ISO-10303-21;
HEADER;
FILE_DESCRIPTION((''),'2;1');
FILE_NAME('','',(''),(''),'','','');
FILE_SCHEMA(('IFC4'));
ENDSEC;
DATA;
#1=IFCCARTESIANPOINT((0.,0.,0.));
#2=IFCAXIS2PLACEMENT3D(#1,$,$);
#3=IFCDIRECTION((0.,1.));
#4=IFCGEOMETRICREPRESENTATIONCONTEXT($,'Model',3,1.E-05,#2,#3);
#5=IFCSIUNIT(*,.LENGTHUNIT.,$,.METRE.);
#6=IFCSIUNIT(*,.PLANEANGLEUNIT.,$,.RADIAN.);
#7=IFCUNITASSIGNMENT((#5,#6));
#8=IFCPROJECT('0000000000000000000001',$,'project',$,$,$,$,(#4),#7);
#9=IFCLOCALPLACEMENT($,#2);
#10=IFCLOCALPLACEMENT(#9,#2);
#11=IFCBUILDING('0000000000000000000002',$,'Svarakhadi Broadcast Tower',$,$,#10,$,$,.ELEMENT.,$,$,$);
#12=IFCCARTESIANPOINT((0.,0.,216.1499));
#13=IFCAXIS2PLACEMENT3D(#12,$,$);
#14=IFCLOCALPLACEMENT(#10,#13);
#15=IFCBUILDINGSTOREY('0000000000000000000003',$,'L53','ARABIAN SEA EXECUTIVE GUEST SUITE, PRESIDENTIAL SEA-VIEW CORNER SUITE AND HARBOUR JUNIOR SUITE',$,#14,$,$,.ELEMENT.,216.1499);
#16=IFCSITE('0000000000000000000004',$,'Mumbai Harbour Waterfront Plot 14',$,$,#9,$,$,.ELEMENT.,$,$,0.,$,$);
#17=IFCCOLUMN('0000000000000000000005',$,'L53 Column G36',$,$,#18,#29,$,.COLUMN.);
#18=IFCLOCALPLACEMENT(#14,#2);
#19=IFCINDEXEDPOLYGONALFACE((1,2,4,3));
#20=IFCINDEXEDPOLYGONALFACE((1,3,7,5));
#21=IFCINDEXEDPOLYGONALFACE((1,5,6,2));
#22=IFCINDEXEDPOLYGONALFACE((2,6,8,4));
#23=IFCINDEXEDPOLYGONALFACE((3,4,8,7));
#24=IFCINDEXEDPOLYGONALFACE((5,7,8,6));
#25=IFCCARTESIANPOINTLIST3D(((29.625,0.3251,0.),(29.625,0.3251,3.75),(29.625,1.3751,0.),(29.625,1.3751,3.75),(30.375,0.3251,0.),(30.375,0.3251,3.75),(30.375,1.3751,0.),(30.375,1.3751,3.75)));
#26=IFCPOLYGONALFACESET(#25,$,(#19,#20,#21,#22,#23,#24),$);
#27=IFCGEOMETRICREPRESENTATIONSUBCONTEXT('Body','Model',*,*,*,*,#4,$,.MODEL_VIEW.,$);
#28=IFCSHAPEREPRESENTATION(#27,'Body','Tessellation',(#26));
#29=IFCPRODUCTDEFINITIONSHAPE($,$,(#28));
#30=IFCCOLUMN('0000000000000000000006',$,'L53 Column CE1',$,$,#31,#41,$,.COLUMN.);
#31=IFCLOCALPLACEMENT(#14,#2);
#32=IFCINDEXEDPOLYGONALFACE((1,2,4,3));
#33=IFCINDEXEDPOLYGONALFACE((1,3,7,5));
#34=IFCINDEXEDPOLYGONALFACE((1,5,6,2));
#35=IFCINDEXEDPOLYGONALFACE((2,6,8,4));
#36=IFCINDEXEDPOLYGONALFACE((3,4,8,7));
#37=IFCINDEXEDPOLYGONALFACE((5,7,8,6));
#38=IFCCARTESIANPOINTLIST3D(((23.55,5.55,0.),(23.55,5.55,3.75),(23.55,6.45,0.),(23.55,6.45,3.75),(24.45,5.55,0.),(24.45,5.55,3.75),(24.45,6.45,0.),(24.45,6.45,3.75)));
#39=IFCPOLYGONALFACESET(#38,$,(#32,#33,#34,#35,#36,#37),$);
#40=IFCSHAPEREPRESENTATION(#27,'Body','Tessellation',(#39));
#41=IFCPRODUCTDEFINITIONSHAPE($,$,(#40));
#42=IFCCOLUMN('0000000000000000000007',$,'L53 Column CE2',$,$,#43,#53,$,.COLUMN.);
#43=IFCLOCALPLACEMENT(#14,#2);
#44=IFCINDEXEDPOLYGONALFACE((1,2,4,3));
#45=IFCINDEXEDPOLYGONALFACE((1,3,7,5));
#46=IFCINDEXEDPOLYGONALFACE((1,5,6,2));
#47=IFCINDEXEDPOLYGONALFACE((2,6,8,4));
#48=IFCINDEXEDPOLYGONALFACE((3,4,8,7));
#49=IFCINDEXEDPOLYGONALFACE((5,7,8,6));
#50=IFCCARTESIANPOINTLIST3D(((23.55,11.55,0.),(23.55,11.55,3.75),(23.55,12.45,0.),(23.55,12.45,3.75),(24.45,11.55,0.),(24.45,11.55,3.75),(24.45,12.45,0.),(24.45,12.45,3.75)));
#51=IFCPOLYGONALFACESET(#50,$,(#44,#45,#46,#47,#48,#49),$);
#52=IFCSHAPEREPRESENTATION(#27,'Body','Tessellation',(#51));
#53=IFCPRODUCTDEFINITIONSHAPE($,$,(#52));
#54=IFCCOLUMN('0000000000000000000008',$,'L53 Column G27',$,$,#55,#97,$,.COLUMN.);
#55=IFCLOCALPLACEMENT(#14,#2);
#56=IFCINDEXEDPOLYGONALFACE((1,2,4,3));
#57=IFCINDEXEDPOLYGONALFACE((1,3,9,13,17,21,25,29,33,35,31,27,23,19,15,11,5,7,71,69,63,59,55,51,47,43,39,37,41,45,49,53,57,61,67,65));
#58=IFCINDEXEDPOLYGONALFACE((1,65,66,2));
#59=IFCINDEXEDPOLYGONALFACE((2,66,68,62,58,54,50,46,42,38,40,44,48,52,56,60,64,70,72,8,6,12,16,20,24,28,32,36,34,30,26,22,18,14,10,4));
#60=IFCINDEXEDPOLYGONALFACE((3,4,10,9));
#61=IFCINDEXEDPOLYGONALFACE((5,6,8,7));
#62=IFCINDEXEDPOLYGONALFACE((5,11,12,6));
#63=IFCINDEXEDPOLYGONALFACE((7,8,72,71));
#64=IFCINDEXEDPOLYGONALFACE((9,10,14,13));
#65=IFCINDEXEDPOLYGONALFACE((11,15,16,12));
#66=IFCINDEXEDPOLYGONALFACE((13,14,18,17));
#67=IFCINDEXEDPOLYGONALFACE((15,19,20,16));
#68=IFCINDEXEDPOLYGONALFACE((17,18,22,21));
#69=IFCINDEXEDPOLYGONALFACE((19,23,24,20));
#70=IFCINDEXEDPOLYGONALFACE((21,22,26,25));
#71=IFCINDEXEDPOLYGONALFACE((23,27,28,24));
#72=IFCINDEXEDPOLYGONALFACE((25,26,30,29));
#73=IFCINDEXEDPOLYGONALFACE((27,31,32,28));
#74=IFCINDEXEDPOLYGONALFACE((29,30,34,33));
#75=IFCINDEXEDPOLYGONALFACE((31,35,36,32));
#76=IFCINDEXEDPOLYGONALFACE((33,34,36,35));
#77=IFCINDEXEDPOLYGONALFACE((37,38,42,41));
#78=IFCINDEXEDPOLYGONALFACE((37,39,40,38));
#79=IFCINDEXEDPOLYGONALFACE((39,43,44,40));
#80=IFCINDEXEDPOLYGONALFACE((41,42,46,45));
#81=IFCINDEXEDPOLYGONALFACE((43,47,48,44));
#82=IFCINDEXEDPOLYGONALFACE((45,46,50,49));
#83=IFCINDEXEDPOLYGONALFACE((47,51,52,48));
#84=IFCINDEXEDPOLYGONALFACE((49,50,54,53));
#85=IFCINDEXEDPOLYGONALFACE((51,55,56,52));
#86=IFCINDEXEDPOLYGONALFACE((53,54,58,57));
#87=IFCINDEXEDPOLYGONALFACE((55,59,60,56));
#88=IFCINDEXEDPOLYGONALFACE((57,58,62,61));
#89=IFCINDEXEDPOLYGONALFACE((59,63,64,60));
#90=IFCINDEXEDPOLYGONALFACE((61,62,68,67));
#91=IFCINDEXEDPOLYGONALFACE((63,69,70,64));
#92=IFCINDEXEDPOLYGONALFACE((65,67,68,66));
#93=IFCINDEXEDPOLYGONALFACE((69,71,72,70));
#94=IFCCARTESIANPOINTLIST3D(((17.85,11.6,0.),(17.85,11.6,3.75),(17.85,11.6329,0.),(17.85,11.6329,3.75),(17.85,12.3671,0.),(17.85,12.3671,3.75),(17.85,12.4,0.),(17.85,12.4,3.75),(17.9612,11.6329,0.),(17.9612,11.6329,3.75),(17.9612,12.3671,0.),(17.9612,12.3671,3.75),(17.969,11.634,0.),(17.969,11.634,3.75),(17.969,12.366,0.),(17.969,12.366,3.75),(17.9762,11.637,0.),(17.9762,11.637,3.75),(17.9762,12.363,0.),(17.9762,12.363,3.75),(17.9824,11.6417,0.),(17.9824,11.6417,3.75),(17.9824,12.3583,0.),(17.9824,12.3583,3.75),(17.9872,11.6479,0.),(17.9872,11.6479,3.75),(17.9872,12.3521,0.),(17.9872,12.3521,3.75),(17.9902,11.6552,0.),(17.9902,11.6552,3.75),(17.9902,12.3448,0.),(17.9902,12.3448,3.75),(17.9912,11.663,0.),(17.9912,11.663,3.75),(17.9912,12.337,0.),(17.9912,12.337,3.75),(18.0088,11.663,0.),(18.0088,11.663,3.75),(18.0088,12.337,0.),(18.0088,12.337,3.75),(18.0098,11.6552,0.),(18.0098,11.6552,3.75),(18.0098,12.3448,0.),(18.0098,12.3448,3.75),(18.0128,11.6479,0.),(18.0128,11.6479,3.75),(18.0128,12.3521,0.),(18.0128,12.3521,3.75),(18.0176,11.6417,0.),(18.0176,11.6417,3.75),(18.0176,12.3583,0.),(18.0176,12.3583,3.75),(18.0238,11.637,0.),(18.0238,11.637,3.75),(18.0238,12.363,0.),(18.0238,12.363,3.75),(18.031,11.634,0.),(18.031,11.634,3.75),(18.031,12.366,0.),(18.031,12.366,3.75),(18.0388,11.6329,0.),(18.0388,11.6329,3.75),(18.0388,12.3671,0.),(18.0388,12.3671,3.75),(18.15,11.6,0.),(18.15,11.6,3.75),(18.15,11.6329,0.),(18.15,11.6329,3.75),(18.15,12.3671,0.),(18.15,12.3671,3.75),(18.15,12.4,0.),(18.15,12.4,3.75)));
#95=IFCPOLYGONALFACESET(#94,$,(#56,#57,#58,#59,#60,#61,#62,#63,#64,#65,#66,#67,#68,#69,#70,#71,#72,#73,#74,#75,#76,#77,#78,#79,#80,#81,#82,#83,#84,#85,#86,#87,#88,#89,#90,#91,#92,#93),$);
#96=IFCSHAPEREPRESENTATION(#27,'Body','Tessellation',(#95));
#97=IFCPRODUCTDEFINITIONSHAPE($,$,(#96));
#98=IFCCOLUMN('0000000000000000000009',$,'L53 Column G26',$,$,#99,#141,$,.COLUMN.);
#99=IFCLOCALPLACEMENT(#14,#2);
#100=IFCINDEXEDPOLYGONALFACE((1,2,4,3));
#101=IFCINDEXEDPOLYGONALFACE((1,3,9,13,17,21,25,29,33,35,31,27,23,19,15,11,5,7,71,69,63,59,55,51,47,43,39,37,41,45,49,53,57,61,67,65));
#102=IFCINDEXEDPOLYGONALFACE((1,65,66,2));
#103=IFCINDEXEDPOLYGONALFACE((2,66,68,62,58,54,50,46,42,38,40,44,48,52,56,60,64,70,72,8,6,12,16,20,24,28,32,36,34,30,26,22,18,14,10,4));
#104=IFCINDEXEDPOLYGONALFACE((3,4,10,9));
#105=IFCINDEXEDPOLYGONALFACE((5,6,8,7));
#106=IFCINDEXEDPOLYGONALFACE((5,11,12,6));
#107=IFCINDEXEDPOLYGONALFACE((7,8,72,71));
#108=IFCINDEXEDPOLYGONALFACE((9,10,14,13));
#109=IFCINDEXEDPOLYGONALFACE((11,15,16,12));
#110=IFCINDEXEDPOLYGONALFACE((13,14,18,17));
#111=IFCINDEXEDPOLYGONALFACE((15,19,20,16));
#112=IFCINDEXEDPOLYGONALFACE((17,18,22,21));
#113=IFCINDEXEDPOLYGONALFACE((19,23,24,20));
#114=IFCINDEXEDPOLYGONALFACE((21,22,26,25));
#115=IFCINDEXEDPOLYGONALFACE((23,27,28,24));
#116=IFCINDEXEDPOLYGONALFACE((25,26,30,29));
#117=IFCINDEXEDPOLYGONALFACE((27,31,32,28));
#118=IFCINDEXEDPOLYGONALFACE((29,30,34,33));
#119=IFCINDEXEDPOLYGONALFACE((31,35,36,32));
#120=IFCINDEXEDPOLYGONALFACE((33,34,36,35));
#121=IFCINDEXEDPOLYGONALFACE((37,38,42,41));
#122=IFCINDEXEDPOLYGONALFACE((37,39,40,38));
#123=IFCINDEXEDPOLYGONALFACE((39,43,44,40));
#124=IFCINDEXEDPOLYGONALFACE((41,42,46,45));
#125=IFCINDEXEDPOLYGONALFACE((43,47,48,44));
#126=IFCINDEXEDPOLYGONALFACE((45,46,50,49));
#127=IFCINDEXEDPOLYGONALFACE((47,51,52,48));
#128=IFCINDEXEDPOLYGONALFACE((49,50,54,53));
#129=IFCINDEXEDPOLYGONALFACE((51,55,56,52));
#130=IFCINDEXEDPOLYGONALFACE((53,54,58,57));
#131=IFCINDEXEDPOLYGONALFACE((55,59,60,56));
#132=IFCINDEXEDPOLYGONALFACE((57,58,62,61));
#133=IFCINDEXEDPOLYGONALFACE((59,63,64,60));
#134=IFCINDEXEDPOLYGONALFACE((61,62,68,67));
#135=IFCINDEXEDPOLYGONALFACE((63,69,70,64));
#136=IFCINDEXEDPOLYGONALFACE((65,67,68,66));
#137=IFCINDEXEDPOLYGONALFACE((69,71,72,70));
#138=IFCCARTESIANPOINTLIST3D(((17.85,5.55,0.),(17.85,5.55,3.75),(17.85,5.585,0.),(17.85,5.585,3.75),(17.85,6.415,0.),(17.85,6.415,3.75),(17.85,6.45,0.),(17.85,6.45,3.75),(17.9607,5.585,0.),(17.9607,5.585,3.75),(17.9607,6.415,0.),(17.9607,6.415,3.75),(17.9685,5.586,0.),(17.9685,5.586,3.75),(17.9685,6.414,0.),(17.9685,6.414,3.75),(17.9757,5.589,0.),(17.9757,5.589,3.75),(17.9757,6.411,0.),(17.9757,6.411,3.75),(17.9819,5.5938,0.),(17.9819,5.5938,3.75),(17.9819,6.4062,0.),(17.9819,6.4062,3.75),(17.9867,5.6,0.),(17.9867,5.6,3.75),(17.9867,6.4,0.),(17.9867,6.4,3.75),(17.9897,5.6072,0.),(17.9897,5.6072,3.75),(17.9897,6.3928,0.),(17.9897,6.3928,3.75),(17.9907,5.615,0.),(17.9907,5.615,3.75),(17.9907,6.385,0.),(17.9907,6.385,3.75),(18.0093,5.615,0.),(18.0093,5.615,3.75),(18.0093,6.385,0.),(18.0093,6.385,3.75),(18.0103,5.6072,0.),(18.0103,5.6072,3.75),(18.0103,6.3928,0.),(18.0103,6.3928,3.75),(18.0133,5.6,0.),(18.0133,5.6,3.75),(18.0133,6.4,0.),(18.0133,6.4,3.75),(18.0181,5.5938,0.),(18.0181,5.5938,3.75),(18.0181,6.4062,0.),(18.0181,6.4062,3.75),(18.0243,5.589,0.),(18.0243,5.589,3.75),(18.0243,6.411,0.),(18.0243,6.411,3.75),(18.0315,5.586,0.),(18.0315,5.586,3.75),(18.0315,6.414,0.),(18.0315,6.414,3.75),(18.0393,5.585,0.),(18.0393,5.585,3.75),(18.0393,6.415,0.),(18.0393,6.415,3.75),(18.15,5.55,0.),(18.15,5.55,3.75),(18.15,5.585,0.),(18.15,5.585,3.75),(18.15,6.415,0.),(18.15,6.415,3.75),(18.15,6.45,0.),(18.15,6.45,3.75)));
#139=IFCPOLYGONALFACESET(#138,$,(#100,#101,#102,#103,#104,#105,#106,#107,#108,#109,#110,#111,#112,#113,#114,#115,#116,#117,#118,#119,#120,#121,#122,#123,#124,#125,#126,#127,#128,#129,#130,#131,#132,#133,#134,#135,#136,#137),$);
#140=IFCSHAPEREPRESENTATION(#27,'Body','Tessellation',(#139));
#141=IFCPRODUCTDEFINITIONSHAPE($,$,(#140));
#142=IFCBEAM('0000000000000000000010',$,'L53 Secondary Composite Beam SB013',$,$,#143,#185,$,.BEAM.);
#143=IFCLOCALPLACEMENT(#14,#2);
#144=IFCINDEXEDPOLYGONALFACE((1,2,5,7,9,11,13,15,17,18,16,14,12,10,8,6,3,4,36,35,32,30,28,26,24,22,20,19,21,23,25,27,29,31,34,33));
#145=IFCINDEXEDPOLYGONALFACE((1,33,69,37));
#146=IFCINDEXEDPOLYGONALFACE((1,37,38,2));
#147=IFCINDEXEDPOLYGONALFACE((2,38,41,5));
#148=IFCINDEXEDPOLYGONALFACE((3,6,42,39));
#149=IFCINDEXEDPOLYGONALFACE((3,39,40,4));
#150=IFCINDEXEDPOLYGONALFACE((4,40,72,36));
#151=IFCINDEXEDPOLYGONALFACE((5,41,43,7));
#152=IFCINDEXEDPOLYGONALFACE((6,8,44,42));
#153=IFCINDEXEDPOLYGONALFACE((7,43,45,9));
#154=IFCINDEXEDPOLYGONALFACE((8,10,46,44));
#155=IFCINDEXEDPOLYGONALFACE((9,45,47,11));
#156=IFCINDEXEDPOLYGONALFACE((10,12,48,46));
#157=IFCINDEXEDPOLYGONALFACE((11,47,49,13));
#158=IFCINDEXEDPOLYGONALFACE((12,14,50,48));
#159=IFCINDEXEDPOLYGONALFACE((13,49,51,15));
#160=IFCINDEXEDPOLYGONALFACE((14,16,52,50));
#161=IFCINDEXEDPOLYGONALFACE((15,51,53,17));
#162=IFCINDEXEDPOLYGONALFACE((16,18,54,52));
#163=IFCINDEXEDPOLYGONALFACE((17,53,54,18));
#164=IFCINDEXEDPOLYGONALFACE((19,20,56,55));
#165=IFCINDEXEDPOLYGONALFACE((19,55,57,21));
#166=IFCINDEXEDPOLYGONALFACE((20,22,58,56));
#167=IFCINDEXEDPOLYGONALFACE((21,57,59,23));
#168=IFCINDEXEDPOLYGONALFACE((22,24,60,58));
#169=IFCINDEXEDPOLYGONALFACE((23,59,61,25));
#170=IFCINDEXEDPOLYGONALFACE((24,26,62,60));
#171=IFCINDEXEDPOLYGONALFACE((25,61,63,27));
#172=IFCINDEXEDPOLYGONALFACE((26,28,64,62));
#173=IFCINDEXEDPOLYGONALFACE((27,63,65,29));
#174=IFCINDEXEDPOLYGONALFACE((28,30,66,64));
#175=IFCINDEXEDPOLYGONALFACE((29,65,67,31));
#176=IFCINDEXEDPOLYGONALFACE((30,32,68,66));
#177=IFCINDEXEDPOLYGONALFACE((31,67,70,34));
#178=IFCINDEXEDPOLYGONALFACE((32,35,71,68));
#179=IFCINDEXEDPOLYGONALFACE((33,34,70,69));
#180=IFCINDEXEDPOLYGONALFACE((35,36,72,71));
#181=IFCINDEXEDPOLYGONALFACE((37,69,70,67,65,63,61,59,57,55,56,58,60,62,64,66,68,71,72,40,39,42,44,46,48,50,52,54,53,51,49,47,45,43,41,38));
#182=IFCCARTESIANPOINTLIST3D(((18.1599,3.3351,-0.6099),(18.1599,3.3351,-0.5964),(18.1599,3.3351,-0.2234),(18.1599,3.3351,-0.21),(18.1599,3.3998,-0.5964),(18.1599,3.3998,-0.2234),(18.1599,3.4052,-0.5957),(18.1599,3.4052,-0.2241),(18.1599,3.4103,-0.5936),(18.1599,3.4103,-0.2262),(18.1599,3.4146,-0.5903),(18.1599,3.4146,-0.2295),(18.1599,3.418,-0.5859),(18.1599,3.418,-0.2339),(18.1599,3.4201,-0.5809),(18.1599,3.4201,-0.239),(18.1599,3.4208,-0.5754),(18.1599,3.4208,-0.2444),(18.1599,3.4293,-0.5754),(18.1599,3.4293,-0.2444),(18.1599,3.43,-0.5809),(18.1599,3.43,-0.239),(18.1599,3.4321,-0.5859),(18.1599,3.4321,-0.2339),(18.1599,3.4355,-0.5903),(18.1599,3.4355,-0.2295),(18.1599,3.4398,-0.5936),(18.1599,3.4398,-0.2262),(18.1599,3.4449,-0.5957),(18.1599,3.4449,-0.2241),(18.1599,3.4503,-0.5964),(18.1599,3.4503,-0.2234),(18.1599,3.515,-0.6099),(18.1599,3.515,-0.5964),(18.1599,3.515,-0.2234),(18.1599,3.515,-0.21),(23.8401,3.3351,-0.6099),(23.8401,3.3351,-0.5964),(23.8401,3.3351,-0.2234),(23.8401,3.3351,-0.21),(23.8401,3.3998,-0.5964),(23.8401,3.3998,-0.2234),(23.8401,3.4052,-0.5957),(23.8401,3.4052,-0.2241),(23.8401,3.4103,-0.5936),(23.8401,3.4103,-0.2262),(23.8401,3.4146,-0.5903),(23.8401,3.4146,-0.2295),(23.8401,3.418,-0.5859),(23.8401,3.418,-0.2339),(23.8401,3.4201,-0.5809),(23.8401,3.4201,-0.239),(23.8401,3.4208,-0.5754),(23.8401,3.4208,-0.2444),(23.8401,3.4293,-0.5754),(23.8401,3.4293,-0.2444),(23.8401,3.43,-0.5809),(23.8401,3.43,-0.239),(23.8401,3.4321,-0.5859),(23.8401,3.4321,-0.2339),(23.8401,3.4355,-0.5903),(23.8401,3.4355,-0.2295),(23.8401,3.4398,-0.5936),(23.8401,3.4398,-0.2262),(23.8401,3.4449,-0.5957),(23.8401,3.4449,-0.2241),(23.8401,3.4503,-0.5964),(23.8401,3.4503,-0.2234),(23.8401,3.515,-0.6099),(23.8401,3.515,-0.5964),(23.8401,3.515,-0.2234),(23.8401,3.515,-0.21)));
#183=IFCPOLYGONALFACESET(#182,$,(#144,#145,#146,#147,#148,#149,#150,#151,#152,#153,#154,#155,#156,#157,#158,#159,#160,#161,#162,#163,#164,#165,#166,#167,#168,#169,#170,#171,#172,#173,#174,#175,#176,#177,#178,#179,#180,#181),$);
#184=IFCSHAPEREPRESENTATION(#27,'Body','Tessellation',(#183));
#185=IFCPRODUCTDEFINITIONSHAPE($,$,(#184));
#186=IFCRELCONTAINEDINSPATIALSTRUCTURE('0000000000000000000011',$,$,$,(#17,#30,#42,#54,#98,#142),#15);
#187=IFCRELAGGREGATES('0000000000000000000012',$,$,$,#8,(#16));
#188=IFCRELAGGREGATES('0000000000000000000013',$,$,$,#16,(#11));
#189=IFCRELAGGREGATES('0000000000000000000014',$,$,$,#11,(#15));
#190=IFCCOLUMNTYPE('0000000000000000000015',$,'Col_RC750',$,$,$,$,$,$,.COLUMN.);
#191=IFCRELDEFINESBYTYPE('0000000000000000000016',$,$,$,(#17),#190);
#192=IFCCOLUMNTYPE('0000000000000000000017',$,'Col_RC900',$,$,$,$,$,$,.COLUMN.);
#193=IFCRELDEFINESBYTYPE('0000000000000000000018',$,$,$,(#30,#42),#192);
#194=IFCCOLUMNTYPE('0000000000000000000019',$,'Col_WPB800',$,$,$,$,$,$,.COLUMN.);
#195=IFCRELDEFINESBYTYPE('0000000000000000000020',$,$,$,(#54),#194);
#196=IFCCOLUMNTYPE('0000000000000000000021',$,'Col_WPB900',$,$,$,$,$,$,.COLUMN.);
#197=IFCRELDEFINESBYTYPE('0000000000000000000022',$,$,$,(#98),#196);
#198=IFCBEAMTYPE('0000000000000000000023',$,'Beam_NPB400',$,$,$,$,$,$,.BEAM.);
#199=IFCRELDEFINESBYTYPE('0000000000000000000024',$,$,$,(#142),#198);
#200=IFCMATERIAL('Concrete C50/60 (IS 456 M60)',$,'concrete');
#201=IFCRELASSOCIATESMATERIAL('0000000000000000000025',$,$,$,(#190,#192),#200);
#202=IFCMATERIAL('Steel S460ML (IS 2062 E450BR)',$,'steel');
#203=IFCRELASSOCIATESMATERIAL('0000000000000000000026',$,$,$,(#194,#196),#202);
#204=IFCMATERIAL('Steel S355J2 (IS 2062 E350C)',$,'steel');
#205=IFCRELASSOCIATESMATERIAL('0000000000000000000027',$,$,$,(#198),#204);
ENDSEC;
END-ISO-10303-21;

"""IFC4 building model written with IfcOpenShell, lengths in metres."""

from ifc_helpers import new_model, si_unit, direction, frame, origin, origin_2d, place, context, subcontext, project, spatial, rectangle, i_section, extrude, material, material_profile, profile_set, type_object, element, save


model = new_model("IFC4")

# Units and contexts
model_context = context("Model", 3, precision=1e-05, world=origin(), true_north=direction((0.0, 1.0)))
body_context = subcontext(model_context, "Body", "Model", "MODEL_VIEW")
ifc_project = project(units=[si_unit("LENGTHUNIT", "METRE"), si_unit("PLANEANGLEUNIT", "RADIAN")], contexts=[model_context])

# Site, building, storey
site_placement = place(None, origin())
site = spatial("IfcSite", under=ifc_project, at=site_placement, Name="Mumbai Harbour Waterfront Plot 14", CompositionType="ELEMENT", RefElevation=0.0)
building_placement = place(site_placement, origin())
building = spatial("IfcBuilding", under=site, at=building_placement, Name="Svarakhadi Broadcast Tower", CompositionType="ELEMENT")
storey_placement = place(building_placement, frame((0.0, 0.0, 216.1499)))
storey = spatial("IfcBuildingStorey", under=building, at=storey_placement, Name="L53", Description="ARABIAN SEA EXECUTIVE GUEST SUITE, PRESIDENTIAL SEA-VIEW CORNER SUITE AND HARBOUR JUNIOR SUITE", CompositionType="ELEMENT", Elevation=216.1499)

# Columns
ifc_material_1 = material(Name="Concrete C50/60 (IS 456 M60)", Category="concrete")
ifc_material_profile_1 = material_profile(ifc_material_1, rectangle(XDim=0.75, YDim=1.05, at=origin_2d()), Name="RC 750x1050")
ifc_profile_set_1 = profile_set([ifc_material_profile_1], Name="Concrete C50/60 (IS 456 M60)")
column_type_1 = type_object("IfcColumnType", Name="Col_RC750", PredefinedType="COLUMN", material=ifc_profile_set_1)
column_1_placement = place(storey_placement, frame((30.0, 0.8501, 0.0), z_axis=(0.0, 0.0, 1.0), x_axis=(1.0, 0.0, 0.0)))
element("IfcColumn", 1, at=column_1_placement, inside=storey, type_object=column_type_1, Name="L53 Column G36", PredefinedType="COLUMN", context=body_context, shape_type="SweptSolid", body=[
    extrude(rectangle(XDim=0.75, YDim=1.05, at=origin_2d()), origin(), (0.0, 0.0, 1.0), 3.75),
])
ifc_material_profile_2 = material_profile(ifc_material_1, rectangle(XDim=0.8999, YDim=0.8999, at=origin_2d()), Name="RC 900x900")
ifc_profile_set_2 = profile_set([ifc_material_profile_2], Name="Concrete C50/60 (IS 456 M60)")
column_type_2 = type_object("IfcColumnType", Name="Col_RC900", PredefinedType="COLUMN", material=ifc_profile_set_2)
for number, where, z_axis, x_axis, name in (
    (2, (24.0, 6.0, 0.0), (0.0, 0.0, 1.0), (1.0, 0.0, 0.0), "L53 Column CE1"),
    (3, (24.0, 12.0, 0.0), (0.0, 0.0, 1.0), (1.0, 0.0, 0.0), "L53 Column CE2"),
):
    element("IfcColumn", number, at=place(storey_placement, frame(where, z_axis=z_axis, x_axis=x_axis)), inside=storey, type_object=column_type_2, Name=name, PredefinedType="COLUMN", context=body_context, shape_type="SweptSolid", body=[
        extrude(rectangle(XDim=0.8999, YDim=0.8999, at=origin_2d()), origin(), (0.0, 0.0, 1.0), 3.75),
    ])
ifc_material_2 = material(Name="Steel S460ML (IS 2062 E450BR)", Category="steel")
ifc_material_profile_3 = material_profile(ifc_material_2, i_section(OverallWidth=0.3, OverallDepth=0.8, WebThickness=0.0176, FlangeThickness=0.033, FilletRadius=0.03, at=origin_2d()), Name="WPB 800x300x262")
ifc_profile_set_3 = profile_set([ifc_material_profile_3], Name="Steel S460ML (IS 2062 E450BR)")
column_type_3 = type_object("IfcColumnType", Name="Col_WPB800", PredefinedType="COLUMN", material=ifc_profile_set_3)
column_2_placement = place(storey_placement, frame((18.0, 12.0, 0.0), z_axis=(0.0, 0.0, 1.0), x_axis=(1.0, 0.0, 0.0)))
element("IfcColumn", 4, at=column_2_placement, inside=storey, type_object=column_type_3, Name="L53 Column G27", PredefinedType="COLUMN", context=body_context, shape_type="SweptSolid", body=[
    extrude(i_section(OverallWidth=0.3, OverallDepth=0.8, WebThickness=0.0176, FlangeThickness=0.033, FilletRadius=0.03, at=origin_2d()), origin(), (0.0, 0.0, 1.0), 3.75),
])
ifc_material_profile_4 = material_profile(ifc_material_2, i_section(OverallWidth=0.3, OverallDepth=0.8999, WebThickness=0.0186, FlangeThickness=0.0349, FilletRadius=0.03, at=origin_2d()), Name="WPB 900x300x291")
ifc_profile_set_4 = profile_set([ifc_material_profile_4], Name="Steel S460ML (IS 2062 E450BR)")
column_type_4 = type_object("IfcColumnType", Name="Col_WPB900", PredefinedType="COLUMN", material=ifc_profile_set_4)
column_3_placement = place(storey_placement, frame((18.0, 6.0, 0.0), z_axis=(0.0, 0.0, 1.0), x_axis=(1.0, 0.0, 0.0)))
element("IfcColumn", 5, at=column_3_placement, inside=storey, type_object=column_type_4, Name="L53 Column G26", PredefinedType="COLUMN", context=body_context, shape_type="SweptSolid", body=[
    extrude(i_section(OverallWidth=0.3, OverallDepth=0.8999, WebThickness=0.0186, FlangeThickness=0.0349, FilletRadius=0.03, at=origin_2d()), origin(), (0.0, 0.0, 1.0), 3.75),
])

# Beam
ifc_material_3 = material(Name="Steel S355J2 (IS 2062 E350C)", Category="steel")
ifc_material_profile_5 = material_profile(ifc_material_3, i_section(OverallWidth=0.1799, OverallDepth=0.3999, WebThickness=0.0085, FlangeThickness=0.0134, FilletRadius=0.021, at=origin_2d()), Name="NPB 400x180x66")
ifc_profile_set_5 = profile_set([ifc_material_profile_5], Name="Steel S355J2 (IS 2062 E350C)")
beam_type_1 = type_object("IfcBeamType", Name="Beam_NPB400", PredefinedType="BEAM", material=ifc_profile_set_5)
for number, where, z_axis, x_axis, name in (
    (6, (18.1599, 3.425, -0.4099), (1.0, 0.0, 0.0), (0.0, 1.0, 0.0), "L53 Secondary Composite Beam SB013"),
):
    element("IfcBeam", number, at=place(storey_placement, frame(where, z_axis=z_axis, x_axis=x_axis)), inside=storey, type_object=beam_type_1, Name=name, PredefinedType="BEAM", context=body_context, shape_type="SweptSolid", body=[
        extrude(i_section(OverallWidth=0.1799, OverallDepth=0.3999, WebThickness=0.0085, FlangeThickness=0.0134, FilletRadius=0.021, at=origin_2d()), origin(), (0.0, 0.0, 1.0), 5.6802),
    ])

save(model, "model.ifc")
